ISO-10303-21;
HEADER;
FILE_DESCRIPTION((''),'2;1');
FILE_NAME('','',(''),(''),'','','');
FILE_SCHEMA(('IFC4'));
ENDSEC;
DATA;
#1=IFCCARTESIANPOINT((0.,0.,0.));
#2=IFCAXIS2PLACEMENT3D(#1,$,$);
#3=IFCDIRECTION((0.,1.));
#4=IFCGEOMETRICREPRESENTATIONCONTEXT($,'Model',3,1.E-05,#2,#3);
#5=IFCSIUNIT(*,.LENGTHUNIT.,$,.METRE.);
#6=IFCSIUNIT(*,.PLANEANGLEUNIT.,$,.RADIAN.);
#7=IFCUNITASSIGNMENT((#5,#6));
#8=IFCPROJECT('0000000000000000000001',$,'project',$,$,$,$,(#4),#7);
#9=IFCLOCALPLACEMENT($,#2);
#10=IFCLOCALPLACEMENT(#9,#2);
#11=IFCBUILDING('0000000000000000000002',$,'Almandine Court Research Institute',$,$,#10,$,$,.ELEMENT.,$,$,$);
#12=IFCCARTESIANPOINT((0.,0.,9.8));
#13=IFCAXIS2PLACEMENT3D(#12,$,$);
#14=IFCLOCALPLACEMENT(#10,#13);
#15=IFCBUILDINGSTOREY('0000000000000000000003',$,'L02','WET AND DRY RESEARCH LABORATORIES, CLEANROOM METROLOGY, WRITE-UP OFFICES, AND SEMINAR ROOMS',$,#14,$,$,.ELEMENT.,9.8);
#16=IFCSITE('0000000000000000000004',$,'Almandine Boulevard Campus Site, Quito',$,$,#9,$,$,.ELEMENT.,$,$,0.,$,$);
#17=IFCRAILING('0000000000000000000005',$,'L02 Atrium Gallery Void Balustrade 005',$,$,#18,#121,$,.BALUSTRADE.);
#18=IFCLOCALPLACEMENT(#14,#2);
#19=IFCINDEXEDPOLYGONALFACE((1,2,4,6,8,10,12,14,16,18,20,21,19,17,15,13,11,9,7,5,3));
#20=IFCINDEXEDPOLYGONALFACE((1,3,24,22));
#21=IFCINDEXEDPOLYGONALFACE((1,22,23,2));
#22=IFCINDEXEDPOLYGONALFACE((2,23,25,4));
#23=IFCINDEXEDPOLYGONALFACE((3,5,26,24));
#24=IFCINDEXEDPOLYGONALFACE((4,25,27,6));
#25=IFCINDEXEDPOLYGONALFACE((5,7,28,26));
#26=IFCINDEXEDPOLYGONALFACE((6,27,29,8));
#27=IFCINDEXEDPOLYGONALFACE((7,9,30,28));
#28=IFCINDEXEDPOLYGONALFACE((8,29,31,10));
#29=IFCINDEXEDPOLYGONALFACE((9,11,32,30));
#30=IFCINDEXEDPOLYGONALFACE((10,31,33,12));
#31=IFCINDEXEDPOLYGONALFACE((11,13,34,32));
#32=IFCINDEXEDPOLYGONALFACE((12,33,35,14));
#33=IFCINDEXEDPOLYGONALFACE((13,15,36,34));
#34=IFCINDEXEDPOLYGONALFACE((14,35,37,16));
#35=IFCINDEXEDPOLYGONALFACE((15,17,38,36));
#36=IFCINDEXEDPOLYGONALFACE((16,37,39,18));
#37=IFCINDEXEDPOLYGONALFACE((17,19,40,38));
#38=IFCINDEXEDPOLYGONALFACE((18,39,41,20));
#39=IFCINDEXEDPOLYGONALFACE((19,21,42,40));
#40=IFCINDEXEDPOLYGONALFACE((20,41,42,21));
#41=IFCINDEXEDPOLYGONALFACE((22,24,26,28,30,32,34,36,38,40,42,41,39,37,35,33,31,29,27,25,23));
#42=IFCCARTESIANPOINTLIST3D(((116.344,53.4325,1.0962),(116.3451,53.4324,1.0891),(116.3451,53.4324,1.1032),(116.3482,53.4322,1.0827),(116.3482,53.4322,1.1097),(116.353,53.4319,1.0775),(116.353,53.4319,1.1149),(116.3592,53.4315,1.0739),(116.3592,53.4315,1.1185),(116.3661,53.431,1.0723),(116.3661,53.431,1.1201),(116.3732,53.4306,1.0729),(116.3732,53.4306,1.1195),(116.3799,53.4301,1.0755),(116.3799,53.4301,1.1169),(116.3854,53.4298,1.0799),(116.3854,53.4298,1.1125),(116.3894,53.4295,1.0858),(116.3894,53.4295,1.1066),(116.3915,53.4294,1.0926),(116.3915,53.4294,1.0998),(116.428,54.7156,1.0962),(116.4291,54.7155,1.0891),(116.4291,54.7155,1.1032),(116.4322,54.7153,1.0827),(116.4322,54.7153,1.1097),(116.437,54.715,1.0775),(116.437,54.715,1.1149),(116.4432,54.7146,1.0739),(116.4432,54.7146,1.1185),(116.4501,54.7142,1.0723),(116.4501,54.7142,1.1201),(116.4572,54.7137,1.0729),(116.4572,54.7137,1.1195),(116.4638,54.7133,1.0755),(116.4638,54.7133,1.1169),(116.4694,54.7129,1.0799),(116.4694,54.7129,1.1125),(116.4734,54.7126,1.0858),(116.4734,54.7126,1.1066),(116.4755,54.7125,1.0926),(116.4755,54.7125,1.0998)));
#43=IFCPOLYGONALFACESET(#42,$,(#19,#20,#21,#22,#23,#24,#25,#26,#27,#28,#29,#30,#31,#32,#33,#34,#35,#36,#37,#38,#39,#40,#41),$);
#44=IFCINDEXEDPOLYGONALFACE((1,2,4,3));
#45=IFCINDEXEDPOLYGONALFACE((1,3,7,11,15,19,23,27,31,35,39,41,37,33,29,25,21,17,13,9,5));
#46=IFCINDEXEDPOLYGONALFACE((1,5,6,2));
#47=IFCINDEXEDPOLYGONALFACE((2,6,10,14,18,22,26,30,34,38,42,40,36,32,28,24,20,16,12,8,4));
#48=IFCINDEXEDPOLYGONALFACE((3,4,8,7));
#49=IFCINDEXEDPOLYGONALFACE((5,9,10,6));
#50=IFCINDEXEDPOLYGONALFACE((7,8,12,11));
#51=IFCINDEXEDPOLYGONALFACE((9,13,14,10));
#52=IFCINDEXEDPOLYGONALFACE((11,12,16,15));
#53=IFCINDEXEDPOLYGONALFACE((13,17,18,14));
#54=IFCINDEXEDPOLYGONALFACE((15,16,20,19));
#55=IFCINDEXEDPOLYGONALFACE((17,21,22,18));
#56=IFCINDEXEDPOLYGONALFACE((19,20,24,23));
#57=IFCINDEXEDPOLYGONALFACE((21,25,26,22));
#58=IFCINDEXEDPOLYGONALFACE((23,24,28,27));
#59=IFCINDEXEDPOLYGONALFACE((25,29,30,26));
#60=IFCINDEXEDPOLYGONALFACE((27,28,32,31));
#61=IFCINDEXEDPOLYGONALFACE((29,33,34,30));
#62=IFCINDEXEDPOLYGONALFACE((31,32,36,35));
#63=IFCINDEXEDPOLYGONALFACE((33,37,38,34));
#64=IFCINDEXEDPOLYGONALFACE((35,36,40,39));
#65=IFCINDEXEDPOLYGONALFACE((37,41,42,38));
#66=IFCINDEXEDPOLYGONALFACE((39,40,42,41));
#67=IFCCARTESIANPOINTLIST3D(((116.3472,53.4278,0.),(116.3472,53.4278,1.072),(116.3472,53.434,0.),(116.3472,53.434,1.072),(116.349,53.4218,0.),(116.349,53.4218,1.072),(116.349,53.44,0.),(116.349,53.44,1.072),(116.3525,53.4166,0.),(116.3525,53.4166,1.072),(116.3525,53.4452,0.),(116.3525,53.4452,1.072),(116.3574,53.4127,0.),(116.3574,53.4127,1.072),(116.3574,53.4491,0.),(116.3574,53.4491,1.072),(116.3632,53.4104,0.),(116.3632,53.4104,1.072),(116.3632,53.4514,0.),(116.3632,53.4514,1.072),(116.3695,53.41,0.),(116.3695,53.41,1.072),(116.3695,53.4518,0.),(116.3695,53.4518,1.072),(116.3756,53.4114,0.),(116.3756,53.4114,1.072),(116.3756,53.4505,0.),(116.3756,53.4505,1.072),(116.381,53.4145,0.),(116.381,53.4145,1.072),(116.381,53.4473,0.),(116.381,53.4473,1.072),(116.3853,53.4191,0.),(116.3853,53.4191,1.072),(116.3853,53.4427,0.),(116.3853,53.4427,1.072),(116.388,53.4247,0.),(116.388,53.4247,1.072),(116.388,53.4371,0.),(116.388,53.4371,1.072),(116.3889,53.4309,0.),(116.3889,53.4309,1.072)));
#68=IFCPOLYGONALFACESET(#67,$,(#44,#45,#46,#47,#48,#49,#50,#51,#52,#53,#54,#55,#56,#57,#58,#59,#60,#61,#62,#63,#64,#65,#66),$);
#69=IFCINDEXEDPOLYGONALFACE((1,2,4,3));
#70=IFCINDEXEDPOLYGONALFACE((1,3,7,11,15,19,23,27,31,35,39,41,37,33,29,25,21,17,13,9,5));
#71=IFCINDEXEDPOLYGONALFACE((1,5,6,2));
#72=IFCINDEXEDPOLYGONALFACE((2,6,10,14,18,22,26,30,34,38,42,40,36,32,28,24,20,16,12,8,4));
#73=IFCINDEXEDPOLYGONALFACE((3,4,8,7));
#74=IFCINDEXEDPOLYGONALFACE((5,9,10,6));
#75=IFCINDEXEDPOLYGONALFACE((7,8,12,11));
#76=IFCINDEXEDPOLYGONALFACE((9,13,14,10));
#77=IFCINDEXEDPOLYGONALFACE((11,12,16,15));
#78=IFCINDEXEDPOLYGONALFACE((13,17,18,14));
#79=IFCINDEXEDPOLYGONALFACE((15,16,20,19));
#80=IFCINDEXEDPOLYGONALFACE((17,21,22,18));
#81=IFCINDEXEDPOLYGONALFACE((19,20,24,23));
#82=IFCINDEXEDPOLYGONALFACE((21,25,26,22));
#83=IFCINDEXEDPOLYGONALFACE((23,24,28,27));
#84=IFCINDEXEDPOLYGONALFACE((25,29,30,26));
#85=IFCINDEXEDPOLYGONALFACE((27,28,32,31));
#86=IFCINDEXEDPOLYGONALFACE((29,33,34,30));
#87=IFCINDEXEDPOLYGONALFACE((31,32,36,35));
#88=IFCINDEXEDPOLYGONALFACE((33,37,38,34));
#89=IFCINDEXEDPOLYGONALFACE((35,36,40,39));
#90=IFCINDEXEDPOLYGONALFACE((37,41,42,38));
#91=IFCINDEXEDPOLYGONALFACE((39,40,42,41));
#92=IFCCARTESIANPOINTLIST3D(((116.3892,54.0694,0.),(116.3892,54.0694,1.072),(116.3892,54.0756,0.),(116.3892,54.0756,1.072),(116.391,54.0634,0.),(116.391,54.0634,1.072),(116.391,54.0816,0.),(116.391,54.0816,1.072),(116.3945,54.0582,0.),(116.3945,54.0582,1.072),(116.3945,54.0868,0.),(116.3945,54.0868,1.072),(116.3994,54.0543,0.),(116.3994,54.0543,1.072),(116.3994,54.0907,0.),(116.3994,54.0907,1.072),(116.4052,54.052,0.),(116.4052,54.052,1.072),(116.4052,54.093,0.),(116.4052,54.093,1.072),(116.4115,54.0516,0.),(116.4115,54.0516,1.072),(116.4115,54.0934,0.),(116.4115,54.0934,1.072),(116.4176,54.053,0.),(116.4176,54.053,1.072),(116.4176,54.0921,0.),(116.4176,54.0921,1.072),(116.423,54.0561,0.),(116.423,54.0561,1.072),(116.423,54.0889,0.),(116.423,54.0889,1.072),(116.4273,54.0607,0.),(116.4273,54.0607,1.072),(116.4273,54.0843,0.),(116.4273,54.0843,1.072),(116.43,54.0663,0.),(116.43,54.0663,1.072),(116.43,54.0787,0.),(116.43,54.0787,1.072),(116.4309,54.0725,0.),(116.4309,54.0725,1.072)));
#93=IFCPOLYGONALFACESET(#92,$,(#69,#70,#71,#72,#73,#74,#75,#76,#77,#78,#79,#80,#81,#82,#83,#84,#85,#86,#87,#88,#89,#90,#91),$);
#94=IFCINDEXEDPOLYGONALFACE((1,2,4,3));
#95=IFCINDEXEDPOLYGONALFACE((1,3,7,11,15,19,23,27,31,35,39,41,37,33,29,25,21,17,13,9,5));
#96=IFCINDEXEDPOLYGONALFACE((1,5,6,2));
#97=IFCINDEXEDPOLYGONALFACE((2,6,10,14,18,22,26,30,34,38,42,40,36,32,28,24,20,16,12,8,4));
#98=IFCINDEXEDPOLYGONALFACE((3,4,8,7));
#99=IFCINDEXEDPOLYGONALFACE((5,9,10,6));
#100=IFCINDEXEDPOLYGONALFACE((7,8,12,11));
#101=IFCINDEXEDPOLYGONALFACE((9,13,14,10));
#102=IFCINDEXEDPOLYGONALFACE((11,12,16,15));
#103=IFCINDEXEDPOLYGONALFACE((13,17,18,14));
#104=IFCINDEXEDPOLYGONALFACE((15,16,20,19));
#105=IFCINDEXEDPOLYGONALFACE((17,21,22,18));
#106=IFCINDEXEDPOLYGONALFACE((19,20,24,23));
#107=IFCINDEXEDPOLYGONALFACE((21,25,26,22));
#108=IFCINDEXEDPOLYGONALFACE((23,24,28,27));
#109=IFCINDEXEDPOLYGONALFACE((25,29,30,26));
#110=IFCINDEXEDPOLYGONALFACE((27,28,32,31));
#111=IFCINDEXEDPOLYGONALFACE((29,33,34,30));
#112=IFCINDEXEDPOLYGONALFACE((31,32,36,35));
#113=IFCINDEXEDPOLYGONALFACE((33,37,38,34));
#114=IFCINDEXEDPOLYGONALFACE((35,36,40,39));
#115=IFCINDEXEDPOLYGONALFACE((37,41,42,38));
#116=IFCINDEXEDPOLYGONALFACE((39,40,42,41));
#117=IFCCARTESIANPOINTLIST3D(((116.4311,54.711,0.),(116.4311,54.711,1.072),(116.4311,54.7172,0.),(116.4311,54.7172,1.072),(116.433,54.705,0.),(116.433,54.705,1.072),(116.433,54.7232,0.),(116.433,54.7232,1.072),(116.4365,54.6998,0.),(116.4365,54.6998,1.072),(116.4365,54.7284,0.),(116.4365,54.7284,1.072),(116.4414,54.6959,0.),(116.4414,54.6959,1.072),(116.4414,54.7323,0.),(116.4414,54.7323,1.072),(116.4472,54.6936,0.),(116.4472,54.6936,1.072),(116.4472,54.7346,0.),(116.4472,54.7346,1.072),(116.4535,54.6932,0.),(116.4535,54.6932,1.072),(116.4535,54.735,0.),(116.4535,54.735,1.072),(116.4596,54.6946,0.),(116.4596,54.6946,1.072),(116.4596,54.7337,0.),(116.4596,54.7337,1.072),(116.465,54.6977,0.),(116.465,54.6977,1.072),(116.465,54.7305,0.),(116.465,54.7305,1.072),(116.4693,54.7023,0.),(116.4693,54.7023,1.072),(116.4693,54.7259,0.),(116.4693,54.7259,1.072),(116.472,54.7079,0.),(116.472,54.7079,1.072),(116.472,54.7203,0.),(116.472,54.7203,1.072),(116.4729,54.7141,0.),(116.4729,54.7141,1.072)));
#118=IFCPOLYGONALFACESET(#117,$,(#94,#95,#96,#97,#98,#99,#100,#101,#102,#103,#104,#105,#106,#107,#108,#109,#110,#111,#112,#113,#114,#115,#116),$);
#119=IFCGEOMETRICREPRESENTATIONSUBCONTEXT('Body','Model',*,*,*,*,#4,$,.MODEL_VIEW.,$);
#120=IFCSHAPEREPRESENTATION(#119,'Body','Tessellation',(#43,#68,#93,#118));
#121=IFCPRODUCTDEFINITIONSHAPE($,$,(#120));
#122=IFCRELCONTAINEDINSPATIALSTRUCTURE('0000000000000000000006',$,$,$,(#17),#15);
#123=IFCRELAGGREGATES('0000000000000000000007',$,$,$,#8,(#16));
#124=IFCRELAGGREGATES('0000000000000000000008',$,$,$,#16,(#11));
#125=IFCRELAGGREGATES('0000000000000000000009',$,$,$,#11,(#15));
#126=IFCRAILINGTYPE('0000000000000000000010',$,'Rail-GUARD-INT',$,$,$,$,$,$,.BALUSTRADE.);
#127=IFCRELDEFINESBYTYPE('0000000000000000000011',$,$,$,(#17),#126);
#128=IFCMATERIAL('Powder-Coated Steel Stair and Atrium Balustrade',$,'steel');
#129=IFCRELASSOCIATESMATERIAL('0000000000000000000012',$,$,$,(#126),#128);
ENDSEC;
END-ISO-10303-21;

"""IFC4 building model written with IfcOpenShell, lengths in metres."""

from ifc_helpers import new_model, si_unit, direction, frame, origin, origin_2d, place, context, subcontext, project, spatial, circle, extrude, material, type_object, element, save


model = new_model("IFC4")

# Units and contexts
model_context = context("Model", 3, precision=1e-05, world=origin(), true_north=direction((0.0, 1.0)))
body_context = subcontext(model_context, "Body", "Model", "MODEL_VIEW")
ifc_project = project(units=[si_unit("LENGTHUNIT", "METRE"), si_unit("PLANEANGLEUNIT", "RADIAN")], contexts=[model_context])

# Site, building, storey
site_placement = place(None, origin())
site = spatial("IfcSite", under=ifc_project, at=site_placement, Name="Almandine Boulevard Campus Site, Quito", CompositionType="ELEMENT", RefElevation=0.0)
building_placement = place(site_placement, origin())
building = spatial("IfcBuilding", under=site, at=building_placement, Name="Almandine Court Research Institute", CompositionType="ELEMENT")
storey_placement = place(building_placement, frame((0.0, 0.0, 9.8)))
storey = spatial("IfcBuildingStorey", under=building, at=storey_placement, Name="L02", Description="WET AND DRY RESEARCH LABORATORIES, CLEANROOM METROLOGY, WRITE-UP OFFICES, AND SEMINAR ROOMS", CompositionType="ELEMENT", Elevation=9.8)

# Railing
ifc_material_1 = material(Name="Powder-Coated Steel Stair and Atrium Balustrade", Category="steel")
railing_type = type_object("IfcRailingType", Name="Rail-GUARD-INT", PredefinedType="BALUSTRADE", material=ifc_material_1)
railing_1_placement = place(storey_placement, frame((116.3679, 53.4309, 0.0)))
element("IfcRailing", 1, at=railing_1_placement, inside=storey, type_object=railing_type, Name="L02 Atrium Gallery Void Balustrade 005", PredefinedType="BALUSTRADE", context=body_context, shape_type="SweptSolid", body=[
    extrude(circle(Radius=0.0239, at=origin_2d()), frame((0.0, 0.0, 1.0962), z_axis=(0.065309, 0.997865, 0.0), x_axis=(-0.997865, 0.065309, 0.0)), (0.0, 0.0, 1.0), 1.2859),
    extrude(circle(Radius=0.021, at=origin_2d()), origin(), (0.0, 0.0, 1.0), 1.072),
    extrude(circle(Radius=0.021, at=origin_2d()), frame((0.042, 0.6416, 0.0)), (0.0, 0.0, 1.0), 1.072),
    extrude(circle(Radius=0.021, at=origin_2d()), frame((0.084, 1.2832, 0.0)), (0.0, 0.0, 1.0), 1.072),
])

save(model, "model.ifc")
